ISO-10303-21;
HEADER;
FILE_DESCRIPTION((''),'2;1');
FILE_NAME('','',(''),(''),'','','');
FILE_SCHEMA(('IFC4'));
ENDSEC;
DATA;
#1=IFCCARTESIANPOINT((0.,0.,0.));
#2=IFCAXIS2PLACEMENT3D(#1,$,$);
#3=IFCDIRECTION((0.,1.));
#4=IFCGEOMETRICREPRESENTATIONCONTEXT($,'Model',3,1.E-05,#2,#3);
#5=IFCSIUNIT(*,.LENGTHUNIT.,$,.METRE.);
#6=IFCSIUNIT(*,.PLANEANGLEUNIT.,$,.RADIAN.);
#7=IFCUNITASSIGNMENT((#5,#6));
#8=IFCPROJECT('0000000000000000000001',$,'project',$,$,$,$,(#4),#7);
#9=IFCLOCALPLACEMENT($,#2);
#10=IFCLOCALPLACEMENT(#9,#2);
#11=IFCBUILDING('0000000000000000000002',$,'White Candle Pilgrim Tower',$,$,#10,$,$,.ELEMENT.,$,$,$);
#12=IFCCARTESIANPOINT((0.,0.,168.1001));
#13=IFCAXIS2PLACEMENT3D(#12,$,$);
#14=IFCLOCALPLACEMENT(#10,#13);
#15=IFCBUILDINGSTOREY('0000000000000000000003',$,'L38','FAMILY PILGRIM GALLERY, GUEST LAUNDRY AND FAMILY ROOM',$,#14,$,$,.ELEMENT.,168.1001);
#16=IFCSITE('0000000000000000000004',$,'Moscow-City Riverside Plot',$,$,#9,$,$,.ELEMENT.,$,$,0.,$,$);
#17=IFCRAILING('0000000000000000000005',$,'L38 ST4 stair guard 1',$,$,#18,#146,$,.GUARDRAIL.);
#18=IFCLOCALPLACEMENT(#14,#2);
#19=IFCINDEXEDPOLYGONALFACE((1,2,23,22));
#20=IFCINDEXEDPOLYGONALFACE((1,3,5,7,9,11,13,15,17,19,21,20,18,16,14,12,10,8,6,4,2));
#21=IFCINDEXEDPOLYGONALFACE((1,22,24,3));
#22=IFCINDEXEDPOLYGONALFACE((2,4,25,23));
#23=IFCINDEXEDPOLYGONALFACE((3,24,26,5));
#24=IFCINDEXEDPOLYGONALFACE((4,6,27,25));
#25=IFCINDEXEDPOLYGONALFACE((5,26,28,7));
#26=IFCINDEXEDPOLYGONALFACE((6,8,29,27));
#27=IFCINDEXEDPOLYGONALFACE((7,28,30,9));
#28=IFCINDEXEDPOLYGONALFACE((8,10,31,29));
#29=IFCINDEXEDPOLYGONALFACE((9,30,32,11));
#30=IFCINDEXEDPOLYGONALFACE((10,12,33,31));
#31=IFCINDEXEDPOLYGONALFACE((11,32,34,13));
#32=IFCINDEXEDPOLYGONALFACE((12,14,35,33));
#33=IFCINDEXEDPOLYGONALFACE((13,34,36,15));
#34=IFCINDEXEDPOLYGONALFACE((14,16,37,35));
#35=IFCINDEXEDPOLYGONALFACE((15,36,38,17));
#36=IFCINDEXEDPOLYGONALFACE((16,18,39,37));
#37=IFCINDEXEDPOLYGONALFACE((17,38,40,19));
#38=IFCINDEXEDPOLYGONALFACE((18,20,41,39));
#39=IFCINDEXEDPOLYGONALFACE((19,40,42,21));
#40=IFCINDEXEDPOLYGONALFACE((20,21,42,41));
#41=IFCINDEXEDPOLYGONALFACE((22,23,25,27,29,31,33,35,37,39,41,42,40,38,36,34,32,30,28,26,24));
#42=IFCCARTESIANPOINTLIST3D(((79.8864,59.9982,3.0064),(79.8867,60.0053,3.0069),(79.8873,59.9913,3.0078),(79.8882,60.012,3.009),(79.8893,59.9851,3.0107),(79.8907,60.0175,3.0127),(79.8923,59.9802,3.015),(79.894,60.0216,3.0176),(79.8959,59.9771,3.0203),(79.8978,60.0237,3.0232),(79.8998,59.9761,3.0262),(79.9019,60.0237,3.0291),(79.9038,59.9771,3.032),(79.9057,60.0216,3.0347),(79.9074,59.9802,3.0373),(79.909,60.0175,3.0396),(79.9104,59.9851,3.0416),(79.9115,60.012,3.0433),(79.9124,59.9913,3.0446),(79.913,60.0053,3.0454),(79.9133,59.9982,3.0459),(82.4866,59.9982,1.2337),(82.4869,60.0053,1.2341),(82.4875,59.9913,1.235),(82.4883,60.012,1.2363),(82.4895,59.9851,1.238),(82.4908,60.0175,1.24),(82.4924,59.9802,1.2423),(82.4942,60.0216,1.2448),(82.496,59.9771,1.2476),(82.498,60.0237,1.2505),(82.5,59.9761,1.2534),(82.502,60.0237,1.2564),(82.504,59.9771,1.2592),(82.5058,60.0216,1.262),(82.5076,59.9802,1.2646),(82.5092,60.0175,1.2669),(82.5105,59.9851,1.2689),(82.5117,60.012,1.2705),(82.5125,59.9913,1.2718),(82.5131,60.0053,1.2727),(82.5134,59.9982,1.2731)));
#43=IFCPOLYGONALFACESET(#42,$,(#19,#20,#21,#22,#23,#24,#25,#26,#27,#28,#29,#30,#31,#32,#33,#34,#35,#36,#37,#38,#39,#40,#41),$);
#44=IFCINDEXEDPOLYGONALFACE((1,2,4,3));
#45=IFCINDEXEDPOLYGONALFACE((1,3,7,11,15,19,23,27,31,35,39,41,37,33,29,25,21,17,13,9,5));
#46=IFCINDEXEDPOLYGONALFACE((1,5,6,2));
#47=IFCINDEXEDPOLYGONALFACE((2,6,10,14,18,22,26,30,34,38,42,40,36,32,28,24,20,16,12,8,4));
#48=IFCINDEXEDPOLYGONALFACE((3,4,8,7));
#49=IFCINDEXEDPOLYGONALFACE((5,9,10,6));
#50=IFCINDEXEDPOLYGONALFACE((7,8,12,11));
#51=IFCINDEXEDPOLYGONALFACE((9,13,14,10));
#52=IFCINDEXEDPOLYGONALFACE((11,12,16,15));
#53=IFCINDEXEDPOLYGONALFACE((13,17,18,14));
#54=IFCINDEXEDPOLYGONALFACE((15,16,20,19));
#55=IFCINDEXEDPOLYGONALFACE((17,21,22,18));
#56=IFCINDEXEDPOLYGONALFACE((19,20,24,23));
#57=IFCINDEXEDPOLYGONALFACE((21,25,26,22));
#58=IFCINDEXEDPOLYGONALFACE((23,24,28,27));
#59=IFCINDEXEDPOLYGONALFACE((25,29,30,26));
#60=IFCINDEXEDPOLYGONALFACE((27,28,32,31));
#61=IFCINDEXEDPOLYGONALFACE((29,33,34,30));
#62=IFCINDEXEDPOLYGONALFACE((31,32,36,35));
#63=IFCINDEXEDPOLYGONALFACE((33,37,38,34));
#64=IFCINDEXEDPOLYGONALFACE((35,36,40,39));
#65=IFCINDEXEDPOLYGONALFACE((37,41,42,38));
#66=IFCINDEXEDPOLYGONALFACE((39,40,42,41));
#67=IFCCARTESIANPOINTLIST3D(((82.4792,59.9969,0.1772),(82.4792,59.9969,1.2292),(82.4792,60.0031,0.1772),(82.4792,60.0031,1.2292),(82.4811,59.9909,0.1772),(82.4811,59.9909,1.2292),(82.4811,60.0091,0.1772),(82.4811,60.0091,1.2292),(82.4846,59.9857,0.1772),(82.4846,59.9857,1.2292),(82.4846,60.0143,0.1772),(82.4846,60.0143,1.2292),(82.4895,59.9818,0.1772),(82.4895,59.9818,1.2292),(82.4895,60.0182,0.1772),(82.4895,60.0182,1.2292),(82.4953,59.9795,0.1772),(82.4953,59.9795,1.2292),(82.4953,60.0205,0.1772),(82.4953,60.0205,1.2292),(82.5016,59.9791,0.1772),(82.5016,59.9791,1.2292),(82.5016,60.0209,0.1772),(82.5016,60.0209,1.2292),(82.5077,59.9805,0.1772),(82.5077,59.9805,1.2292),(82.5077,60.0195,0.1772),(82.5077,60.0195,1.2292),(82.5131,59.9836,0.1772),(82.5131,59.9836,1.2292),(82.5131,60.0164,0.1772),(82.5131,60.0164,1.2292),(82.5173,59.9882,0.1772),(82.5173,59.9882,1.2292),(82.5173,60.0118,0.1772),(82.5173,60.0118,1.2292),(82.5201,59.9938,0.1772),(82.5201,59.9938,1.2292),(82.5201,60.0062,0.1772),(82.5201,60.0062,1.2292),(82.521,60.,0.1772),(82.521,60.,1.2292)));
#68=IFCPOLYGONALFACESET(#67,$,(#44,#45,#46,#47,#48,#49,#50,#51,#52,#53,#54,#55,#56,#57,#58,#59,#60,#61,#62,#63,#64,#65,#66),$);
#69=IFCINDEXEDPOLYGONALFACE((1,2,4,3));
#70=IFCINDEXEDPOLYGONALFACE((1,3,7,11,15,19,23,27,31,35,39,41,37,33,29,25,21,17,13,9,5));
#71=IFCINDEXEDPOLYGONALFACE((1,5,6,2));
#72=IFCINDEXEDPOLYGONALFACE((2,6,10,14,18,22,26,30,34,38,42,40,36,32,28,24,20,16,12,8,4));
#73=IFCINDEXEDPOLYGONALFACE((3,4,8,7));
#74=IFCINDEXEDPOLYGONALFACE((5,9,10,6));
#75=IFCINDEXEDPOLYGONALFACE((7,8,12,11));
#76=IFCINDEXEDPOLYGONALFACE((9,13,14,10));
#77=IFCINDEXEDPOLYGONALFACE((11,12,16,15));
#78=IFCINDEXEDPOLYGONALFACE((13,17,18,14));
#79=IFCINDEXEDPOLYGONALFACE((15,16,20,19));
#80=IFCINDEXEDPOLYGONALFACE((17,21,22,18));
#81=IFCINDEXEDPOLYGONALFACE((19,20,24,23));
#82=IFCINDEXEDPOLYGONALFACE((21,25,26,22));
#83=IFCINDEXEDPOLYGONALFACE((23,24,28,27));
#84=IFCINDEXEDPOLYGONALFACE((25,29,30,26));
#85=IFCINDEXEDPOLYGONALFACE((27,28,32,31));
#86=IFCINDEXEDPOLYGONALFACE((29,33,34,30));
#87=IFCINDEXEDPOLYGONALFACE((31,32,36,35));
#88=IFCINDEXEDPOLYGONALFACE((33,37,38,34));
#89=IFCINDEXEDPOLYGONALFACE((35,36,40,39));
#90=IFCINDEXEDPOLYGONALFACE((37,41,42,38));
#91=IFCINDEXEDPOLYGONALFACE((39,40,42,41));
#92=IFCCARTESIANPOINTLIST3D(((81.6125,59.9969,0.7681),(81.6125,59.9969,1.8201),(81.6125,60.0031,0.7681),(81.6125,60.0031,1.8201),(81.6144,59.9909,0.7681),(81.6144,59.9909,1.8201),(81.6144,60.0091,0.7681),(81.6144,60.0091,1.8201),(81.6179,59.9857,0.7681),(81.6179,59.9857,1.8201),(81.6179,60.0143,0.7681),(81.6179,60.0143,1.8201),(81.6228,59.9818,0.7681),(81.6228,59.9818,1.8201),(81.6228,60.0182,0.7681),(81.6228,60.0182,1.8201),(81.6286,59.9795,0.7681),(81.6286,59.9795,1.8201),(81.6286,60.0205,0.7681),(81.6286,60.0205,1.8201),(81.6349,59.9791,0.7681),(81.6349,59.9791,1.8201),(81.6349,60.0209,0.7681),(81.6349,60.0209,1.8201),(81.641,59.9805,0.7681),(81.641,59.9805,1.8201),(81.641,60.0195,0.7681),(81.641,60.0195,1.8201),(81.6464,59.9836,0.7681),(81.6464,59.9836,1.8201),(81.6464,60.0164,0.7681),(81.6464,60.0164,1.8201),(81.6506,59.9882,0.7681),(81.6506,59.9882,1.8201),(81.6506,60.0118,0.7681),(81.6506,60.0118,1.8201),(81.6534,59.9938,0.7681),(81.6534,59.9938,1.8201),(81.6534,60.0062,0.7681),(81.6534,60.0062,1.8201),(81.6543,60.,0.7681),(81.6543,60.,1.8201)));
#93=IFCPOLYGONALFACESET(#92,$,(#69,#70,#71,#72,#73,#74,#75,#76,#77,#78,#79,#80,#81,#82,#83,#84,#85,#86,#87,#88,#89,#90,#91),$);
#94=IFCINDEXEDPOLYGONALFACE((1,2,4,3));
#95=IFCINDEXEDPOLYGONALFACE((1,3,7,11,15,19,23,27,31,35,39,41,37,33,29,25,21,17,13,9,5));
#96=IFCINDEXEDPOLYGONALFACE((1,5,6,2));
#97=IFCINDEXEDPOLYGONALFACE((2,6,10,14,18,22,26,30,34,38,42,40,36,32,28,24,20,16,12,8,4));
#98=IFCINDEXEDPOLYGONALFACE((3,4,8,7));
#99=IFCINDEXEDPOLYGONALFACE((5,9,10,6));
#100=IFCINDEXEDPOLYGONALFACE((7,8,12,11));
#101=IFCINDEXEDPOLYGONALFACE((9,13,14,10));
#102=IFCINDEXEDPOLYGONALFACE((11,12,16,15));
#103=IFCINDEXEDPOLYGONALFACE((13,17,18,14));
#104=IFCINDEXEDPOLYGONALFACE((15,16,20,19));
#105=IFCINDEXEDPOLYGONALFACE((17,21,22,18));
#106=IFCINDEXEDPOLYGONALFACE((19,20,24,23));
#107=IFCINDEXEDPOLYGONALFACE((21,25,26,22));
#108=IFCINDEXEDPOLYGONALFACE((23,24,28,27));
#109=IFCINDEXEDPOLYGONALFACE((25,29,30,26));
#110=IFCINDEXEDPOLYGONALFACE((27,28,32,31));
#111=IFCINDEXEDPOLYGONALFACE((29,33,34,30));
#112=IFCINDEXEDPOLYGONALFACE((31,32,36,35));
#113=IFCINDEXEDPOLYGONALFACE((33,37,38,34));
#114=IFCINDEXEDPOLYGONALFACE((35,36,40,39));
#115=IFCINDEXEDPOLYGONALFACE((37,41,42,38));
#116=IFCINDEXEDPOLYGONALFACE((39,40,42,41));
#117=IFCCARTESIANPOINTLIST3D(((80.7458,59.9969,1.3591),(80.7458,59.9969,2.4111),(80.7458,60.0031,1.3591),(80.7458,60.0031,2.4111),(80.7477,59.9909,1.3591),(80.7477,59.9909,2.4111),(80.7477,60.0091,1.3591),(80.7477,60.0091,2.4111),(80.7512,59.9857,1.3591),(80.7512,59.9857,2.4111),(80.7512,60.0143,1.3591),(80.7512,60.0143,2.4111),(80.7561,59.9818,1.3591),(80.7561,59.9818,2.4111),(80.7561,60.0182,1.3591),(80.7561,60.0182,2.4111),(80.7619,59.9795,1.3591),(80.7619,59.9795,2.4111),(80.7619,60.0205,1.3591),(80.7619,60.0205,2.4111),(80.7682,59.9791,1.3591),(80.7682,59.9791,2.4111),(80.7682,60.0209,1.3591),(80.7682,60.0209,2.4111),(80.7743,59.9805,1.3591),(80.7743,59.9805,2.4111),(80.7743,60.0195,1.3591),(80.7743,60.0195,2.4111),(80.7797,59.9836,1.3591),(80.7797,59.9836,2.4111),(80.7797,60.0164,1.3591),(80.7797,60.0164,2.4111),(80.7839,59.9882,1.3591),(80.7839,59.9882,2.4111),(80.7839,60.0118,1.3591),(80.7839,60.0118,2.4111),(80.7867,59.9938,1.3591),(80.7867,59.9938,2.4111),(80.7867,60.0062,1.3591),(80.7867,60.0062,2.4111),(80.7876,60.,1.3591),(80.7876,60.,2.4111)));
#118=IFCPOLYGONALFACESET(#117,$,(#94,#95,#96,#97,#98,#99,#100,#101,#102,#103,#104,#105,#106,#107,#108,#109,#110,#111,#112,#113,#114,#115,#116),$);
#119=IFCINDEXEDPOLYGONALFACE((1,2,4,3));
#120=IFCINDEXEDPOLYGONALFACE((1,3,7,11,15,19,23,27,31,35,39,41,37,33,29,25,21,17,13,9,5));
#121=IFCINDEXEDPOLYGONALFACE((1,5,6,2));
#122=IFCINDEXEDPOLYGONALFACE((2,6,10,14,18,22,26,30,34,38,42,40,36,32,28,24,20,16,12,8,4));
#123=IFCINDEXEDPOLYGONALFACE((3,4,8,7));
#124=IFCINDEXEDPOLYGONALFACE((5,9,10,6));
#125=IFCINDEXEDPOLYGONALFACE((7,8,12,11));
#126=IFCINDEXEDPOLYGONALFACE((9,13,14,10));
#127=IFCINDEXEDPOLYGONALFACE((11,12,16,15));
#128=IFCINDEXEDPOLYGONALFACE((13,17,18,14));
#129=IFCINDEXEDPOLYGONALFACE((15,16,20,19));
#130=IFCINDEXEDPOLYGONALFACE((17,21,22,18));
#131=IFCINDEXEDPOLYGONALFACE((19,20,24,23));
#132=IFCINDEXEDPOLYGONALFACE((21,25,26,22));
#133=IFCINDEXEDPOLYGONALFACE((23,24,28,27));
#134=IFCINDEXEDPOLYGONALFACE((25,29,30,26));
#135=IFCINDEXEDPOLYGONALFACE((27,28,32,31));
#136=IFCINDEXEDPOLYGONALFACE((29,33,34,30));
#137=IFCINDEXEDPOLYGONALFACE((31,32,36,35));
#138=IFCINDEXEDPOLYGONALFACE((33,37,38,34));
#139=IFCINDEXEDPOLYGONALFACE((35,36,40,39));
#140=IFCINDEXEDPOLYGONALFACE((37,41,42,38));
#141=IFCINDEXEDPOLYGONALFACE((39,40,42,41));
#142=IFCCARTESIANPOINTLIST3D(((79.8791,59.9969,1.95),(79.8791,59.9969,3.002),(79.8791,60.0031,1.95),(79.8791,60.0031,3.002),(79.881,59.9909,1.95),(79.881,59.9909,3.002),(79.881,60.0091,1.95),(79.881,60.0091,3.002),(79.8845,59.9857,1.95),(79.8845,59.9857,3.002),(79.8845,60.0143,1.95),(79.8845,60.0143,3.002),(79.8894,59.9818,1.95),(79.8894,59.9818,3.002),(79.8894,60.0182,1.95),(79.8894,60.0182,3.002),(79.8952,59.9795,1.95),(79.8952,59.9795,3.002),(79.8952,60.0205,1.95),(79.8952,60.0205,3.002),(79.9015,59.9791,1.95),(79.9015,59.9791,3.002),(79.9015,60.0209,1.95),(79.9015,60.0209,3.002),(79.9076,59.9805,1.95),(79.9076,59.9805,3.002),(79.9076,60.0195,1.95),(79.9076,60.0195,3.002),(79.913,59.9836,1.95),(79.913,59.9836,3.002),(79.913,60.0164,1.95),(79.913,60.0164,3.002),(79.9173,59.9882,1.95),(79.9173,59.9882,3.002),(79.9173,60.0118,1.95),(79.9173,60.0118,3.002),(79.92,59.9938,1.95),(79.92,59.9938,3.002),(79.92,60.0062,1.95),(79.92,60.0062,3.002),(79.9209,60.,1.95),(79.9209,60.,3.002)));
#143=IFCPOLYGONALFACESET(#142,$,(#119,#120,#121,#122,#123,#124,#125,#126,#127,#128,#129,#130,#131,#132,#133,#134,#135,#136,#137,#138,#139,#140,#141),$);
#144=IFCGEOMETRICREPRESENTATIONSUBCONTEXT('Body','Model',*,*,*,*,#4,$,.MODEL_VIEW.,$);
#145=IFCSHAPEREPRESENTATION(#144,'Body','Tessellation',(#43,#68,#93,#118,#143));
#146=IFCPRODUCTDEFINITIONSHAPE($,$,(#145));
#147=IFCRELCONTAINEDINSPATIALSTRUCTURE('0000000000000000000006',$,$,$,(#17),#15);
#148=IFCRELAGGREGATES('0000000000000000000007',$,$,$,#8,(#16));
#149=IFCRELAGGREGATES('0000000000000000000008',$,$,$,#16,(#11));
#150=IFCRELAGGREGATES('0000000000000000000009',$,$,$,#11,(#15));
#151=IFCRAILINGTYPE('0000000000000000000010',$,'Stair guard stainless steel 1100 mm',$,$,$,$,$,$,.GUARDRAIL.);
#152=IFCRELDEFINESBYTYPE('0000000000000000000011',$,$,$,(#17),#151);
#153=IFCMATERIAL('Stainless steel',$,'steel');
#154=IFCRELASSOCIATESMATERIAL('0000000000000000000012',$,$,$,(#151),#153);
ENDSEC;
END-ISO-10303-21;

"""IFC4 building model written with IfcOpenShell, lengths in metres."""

from ifc_helpers import new_model, si_unit, direction, frame, origin, origin_2d, place, context, subcontext, project, spatial, circle, extrude, material, type_object, element, save


model = new_model("IFC4")

# Units and contexts
model_context = context("Model", 3, precision=1e-05, world=origin(), true_north=direction((0.0, 1.0)))
body_context = subcontext(model_context, "Body", "Model", "MODEL_VIEW")
ifc_project = project(units=[si_unit("LENGTHUNIT", "METRE"), si_unit("PLANEANGLEUNIT", "RADIAN")], contexts=[model_context])

# Site, building, storey
site_placement = place(None, origin())
site = spatial("IfcSite", under=ifc_project, at=site_placement, Name="Moscow-City Riverside Plot", CompositionType="ELEMENT", RefElevation=0.0)
building_placement = place(site_placement, origin())
building = spatial("IfcBuilding", under=site, at=building_placement, Name="White Candle Pilgrim Tower", CompositionType="ELEMENT")
storey_placement = place(building_placement, frame((0.0, 0.0, 168.1001)))
storey = spatial("IfcBuildingStorey", under=building, at=storey_placement, Name="L38", Description="FAMILY PILGRIM GALLERY, GUEST LAUNDRY AND FAMILY ROOM", CompositionType="ELEMENT", Elevation=168.1001)

# Railing
ifc_material_1 = material(Name="Stainless steel", Category="steel")
railing_type_1 = type_object("IfcRailingType", Name="Stair guard stainless steel 1100 mm", PredefinedType="GUARDRAIL", material=ifc_material_1)
railing_1_placement = place(storey_placement, frame((82.5, 60.0, 0.1772)))
element("IfcRailing", 1, at=railing_1_placement, inside=storey, type_object=railing_type_1, Name="L38 ST4 stair guard 1", PredefinedType="GUARDRAIL", context=body_context, shape_type="SweptSolid", body=[
    extrude(circle(Radius=0.0239, at=origin_2d()), frame((0.0, 0.0, 1.0762), z_axis=(-0.82624, 0.0, 0.563318), x_axis=(0.0, -1.0, 0.0)), (0.0, 0.0, 1.0), 3.147),
    extrude(circle(Radius=0.021, at=origin_2d()), origin(), (0.0, 0.0, 1.0), 1.052),
    extrude(circle(Radius=0.021, at=origin_2d()), frame((-0.8667, 0.0, 0.5908)), (0.0, 0.0, 1.0), 1.052),
    extrude(circle(Radius=0.021, at=origin_2d()), frame((-1.7334, 0.0, 1.1819)), (0.0, 0.0, 1.0), 1.052),
    extrude(circle(Radius=0.021, at=origin_2d()), frame((-2.6001, 0.0, 1.7727)), (0.0, 0.0, 1.0), 1.052),
])

save(model, "model.ifc")
